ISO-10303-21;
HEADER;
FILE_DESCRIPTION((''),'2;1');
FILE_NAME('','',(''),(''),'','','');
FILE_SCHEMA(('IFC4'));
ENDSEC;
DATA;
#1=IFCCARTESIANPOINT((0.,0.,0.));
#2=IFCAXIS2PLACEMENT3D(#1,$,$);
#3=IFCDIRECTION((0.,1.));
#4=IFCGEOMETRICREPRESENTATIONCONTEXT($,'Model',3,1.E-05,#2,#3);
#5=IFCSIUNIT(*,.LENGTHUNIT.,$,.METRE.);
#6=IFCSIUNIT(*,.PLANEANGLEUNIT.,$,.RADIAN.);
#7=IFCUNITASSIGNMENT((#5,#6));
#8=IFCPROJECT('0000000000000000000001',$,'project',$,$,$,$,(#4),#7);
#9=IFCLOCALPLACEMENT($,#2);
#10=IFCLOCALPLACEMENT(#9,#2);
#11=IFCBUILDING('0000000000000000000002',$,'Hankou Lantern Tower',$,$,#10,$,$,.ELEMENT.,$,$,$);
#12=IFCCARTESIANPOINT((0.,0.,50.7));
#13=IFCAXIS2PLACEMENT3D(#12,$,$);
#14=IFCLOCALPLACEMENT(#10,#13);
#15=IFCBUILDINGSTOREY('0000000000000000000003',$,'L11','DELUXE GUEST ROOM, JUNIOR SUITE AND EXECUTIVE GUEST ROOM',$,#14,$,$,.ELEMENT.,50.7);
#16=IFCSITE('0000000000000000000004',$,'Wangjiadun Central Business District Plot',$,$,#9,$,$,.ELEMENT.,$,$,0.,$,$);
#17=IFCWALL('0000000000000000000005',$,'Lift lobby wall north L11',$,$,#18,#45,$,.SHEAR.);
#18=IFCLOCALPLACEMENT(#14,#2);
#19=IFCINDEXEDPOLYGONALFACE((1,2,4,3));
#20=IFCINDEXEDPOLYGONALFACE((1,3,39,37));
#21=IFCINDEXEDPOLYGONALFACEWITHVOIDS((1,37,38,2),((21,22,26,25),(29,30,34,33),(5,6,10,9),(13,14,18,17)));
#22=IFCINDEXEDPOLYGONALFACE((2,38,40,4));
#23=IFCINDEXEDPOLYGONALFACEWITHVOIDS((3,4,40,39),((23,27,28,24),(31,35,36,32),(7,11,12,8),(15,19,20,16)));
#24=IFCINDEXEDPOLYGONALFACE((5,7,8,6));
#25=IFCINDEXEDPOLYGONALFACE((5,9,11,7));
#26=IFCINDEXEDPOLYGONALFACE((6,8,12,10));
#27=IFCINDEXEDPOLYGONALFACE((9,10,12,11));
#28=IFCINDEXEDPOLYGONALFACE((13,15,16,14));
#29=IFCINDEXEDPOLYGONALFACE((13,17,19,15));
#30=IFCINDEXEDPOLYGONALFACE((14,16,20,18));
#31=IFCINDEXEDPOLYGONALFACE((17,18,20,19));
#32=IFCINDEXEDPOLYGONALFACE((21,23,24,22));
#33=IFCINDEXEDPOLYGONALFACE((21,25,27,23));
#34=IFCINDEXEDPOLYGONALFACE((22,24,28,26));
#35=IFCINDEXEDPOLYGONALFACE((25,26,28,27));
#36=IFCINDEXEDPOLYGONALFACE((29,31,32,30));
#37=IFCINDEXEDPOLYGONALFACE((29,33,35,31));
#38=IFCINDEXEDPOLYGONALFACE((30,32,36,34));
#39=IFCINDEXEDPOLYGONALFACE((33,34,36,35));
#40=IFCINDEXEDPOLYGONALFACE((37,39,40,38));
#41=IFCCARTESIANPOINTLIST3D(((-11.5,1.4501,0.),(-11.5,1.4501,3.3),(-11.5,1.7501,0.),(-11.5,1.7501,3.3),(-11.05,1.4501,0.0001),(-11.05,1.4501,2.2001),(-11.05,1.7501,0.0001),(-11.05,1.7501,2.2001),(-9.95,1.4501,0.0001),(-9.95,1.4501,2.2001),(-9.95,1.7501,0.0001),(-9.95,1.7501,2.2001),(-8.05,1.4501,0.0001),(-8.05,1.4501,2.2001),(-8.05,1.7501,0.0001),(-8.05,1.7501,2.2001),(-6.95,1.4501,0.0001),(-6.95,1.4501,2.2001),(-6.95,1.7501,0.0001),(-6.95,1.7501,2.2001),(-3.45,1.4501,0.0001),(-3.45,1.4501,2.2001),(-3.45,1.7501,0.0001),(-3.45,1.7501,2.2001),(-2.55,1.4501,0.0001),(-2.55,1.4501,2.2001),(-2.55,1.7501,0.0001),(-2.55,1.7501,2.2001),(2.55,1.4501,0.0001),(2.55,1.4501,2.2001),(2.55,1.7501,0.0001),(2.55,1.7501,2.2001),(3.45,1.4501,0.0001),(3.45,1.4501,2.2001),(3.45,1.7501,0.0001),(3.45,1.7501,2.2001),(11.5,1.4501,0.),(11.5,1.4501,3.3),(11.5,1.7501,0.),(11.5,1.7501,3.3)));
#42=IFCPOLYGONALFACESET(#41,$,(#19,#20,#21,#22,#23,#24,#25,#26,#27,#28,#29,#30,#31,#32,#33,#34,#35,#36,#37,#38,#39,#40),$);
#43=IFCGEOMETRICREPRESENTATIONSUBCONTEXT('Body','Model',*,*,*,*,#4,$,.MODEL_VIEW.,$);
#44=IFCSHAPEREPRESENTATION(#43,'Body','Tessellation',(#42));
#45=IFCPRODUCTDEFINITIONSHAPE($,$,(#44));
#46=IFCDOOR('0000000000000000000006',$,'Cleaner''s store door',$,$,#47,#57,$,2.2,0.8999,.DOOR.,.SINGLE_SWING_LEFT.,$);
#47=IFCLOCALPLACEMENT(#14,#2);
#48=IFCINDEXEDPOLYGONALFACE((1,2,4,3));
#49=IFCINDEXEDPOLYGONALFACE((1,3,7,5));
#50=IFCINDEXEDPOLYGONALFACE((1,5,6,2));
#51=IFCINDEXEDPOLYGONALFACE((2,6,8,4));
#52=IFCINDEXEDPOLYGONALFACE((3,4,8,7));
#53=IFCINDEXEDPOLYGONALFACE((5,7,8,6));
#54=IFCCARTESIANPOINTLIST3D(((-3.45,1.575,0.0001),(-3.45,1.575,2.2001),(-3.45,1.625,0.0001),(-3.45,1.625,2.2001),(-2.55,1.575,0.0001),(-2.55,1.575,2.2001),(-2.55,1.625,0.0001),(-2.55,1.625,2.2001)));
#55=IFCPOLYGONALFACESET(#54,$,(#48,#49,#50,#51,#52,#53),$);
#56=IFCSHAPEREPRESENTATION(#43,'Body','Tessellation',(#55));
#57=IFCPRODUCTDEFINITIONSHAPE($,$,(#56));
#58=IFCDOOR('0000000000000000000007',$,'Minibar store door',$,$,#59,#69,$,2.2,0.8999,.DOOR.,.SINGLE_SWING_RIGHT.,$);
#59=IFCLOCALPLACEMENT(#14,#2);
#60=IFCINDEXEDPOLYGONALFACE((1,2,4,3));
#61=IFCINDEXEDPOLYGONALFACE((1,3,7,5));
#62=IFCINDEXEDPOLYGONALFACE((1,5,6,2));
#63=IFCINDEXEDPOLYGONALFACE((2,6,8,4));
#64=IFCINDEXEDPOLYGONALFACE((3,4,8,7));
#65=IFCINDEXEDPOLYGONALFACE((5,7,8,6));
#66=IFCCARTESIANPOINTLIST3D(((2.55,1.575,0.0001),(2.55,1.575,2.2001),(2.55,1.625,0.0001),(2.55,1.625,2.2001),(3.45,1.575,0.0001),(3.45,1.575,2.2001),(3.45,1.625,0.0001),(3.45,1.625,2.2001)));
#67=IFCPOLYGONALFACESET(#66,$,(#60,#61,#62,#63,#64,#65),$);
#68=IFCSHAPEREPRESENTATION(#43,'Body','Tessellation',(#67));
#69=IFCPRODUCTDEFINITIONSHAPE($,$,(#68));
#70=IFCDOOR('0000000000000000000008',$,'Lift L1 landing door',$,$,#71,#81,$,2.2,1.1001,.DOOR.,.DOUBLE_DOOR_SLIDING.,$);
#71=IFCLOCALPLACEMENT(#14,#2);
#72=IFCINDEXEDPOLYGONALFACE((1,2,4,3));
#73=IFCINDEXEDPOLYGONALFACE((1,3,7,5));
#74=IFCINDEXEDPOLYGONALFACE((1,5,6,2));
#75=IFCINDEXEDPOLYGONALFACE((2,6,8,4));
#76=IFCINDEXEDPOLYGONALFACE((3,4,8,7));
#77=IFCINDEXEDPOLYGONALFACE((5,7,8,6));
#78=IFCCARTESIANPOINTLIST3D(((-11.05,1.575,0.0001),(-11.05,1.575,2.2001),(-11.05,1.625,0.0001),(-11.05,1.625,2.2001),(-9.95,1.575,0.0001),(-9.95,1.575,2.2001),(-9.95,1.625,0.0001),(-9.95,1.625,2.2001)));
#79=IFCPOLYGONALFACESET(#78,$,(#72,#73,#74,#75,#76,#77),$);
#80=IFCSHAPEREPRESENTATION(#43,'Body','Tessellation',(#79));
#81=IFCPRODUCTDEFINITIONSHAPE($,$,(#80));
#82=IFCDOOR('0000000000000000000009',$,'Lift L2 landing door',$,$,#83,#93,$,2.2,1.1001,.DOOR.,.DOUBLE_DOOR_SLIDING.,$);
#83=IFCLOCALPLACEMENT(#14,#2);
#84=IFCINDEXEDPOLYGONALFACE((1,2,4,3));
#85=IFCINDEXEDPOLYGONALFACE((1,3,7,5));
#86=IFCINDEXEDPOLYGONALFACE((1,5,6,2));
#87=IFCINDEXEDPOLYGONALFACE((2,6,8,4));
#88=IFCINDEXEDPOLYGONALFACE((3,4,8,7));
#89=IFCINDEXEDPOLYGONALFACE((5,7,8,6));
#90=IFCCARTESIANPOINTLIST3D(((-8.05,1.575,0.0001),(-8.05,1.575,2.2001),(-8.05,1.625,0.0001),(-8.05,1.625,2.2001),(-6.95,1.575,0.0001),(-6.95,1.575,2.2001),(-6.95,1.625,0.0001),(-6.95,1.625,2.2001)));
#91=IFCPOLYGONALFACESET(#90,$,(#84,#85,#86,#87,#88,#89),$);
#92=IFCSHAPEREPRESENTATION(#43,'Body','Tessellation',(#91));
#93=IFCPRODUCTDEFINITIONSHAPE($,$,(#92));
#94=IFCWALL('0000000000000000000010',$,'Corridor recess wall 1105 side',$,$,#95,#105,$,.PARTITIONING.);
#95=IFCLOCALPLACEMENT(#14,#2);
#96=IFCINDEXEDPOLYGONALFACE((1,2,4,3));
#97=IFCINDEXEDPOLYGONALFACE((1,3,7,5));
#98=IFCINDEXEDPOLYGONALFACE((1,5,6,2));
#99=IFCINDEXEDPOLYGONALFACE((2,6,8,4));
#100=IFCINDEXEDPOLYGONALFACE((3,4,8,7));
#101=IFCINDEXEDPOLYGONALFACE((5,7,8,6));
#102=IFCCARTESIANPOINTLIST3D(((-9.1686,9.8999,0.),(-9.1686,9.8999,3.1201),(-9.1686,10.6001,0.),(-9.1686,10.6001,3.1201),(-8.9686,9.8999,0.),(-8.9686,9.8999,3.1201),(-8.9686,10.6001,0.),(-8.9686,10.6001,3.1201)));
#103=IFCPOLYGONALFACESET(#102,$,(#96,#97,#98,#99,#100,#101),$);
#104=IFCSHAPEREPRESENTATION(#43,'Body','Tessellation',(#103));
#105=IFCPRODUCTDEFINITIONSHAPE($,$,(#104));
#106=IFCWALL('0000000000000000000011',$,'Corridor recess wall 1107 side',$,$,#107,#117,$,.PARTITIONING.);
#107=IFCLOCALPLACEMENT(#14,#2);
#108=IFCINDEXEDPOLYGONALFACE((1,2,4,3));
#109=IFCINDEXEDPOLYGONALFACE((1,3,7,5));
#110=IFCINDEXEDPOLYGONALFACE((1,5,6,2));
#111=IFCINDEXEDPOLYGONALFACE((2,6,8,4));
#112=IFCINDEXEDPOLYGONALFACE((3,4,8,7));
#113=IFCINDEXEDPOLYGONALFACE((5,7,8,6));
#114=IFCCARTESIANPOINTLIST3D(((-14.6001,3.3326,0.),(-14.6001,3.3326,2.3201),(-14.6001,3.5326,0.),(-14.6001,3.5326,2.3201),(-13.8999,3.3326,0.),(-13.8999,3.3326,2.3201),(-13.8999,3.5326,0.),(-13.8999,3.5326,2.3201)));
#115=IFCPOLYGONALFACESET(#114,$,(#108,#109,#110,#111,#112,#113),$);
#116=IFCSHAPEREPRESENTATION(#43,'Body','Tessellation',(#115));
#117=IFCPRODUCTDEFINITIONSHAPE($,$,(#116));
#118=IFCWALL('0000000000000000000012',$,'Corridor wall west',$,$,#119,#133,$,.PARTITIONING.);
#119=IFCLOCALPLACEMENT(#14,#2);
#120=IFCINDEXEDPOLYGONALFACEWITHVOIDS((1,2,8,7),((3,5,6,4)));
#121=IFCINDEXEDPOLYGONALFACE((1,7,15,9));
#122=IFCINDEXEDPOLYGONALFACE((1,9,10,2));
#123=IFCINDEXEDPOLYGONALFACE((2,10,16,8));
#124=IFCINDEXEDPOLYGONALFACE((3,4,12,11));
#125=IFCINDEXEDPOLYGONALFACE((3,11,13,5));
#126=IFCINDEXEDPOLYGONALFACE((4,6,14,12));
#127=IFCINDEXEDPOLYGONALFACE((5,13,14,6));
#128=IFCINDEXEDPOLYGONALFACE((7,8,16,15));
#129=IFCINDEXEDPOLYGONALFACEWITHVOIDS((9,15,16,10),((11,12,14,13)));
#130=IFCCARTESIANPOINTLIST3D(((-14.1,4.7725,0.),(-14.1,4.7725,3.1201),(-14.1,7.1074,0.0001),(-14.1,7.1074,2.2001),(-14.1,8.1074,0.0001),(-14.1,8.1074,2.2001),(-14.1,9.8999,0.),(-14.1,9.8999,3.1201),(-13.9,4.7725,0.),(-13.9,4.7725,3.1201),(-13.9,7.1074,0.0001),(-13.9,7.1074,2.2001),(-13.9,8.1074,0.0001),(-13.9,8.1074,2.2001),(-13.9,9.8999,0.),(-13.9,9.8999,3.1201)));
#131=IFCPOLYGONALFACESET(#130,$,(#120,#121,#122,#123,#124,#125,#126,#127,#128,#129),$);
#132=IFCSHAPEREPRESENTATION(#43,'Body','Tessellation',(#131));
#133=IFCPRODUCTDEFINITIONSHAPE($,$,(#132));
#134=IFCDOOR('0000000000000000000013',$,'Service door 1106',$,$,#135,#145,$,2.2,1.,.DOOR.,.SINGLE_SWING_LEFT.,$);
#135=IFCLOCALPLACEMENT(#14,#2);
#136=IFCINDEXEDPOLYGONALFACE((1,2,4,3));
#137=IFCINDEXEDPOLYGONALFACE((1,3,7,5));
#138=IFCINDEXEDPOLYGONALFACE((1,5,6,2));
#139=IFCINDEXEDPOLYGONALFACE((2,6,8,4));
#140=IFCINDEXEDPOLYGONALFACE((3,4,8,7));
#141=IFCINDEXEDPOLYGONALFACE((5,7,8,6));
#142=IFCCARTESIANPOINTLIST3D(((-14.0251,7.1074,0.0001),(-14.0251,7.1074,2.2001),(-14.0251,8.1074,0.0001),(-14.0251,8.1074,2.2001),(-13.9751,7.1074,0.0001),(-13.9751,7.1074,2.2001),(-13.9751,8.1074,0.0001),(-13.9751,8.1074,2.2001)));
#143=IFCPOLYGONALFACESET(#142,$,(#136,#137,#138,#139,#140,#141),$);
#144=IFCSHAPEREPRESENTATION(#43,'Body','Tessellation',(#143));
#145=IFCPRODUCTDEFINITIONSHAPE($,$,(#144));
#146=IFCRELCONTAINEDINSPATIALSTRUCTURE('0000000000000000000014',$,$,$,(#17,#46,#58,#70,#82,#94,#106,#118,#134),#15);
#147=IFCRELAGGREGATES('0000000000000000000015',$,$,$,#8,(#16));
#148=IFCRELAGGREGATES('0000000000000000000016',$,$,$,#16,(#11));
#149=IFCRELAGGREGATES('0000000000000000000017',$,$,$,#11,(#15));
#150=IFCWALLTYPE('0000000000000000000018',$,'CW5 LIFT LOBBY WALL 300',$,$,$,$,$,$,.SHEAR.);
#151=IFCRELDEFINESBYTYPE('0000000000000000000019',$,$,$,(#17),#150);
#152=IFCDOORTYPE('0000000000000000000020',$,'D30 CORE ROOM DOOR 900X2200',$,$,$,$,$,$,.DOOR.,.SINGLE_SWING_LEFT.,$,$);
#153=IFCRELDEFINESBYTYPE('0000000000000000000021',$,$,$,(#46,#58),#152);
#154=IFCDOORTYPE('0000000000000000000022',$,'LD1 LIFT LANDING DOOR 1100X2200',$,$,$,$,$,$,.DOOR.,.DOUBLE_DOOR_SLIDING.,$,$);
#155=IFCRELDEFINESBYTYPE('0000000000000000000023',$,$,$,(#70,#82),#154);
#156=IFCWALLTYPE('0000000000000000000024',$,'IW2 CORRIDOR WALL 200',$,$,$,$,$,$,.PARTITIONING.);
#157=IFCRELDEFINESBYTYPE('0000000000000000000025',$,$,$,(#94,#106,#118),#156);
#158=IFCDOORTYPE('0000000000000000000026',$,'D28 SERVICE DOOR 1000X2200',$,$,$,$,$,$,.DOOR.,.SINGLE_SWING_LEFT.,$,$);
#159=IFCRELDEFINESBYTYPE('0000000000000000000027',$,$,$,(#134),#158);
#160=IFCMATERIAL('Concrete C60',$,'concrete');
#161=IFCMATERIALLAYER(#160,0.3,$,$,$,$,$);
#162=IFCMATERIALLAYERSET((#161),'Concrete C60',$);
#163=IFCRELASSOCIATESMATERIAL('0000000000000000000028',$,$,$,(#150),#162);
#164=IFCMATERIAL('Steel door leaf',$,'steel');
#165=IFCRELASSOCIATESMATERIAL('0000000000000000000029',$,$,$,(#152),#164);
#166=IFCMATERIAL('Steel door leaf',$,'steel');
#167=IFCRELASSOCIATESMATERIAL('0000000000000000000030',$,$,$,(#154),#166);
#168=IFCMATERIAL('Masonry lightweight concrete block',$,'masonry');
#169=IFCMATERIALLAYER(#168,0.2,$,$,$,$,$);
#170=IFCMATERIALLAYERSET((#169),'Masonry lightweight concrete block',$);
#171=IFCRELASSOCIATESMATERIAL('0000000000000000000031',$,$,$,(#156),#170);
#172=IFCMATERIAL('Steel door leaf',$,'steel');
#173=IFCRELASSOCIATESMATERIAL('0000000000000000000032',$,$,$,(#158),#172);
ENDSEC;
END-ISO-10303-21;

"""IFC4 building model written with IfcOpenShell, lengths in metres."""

from ifc_helpers import new_model, si_unit, direction, frame, frame_2d, origin, place, context, subcontext, project, spatial, rectangle, extrude, material, layer, layer_set, type_object, element, fill, save


model = new_model("IFC4")

# Units and contexts
model_context = context("Model", 3, precision=1e-05, world=origin(), true_north=direction((0.0, 1.0)))
body_context = subcontext(model_context, "Body", "Model", "MODEL_VIEW")
ifc_project = project(units=[si_unit("LENGTHUNIT", "METRE"), si_unit("PLANEANGLEUNIT", "RADIAN")], contexts=[model_context])

# Site, building, storey
site_placement = place(None, origin())
site = spatial("IfcSite", under=ifc_project, at=site_placement, Name="Wangjiadun Central Business District Plot", CompositionType="ELEMENT", RefElevation=0.0)
building_placement = place(site_placement, origin())
building = spatial("IfcBuilding", under=site, at=building_placement, Name="Hankou Lantern Tower", CompositionType="ELEMENT")
storey_placement = place(building_placement, frame((0.0, 0.0, 50.7)))
storey = spatial("IfcBuildingStorey", under=building, at=storey_placement, Name="L11", Description="DELUXE GUEST ROOM, JUNIOR SUITE AND EXECUTIVE GUEST ROOM", CompositionType="ELEMENT", Elevation=50.7)

# Wall, openings, doors
ifc_material_1 = material(Name="Concrete C60", Category="concrete")
ifc_layer_1 = layer(ifc_material_1, 0.3)
ifc_layer_set_1 = layer_set([ifc_layer_1], Name="Concrete C60")
wall_type_1 = type_object("IfcWallType", Name="CW5 LIFT LOBBY WALL 300", PredefinedType="SHEAR", material=ifc_layer_set_1)
wall_1_placement = place(storey_placement, frame((-11.5, 1.6001, 0.0), z_axis=(0.0, 0.0, 1.0), x_axis=(1.0, 0.0, 0.0)))
wall_1 = element("IfcWall", 1, at=wall_1_placement, inside=storey, type_object=wall_type_1, Name="Lift lobby wall north L11", PredefinedType="SHEAR", context=body_context, shape_type="SweptSolid", body=[
    extrude(rectangle(XDim=23.0, YDim=0.3, at=frame_2d((11.5, 0.0))), origin(), (0.0, 0.0, 1.0), 3.3),
])
opening_1_placement = place(wall_1_placement, frame((0.45, 0.0, 0.0)))
opening_1 = element("IfcOpeningElement", 2, at=opening_1_placement, cuts=wall_1, PredefinedType="OPENING", context=body_context, shape_type="SweptSolid", body=[
    extrude(rectangle(XDim=1.1001, YDim=2.2, at=frame_2d((0.55, 1.1001))), frame((0.0, 0.1599, 0.0), z_axis=(0.0, -1.0, 0.0), x_axis=(1.0, 0.0, 0.0)), (0.0, 0.0, 1.0), 0.3201),
])
opening_2_placement = place(wall_1_placement, frame((3.45, 0.0, 0.0)))
opening_2 = element("IfcOpeningElement", 3, at=opening_2_placement, cuts=wall_1, PredefinedType="OPENING", context=body_context, shape_type="SweptSolid", body=[
    extrude(rectangle(XDim=1.1001, YDim=2.2, at=frame_2d((0.55, 1.1001))), frame((0.0, 0.1599, 0.0), z_axis=(0.0, -1.0, 0.0), x_axis=(1.0, 0.0, 0.0)), (0.0, 0.0, 1.0), 0.3201),
])
opening_3_placement = place(wall_1_placement, frame((8.05, 0.0, 0.0)))
opening_3 = element("IfcOpeningElement", 4, at=opening_3_placement, cuts=wall_1, PredefinedType="OPENING", context=body_context, shape_type="SweptSolid", body=[
    extrude(rectangle(XDim=0.8999, YDim=2.2, at=frame_2d((0.45, 1.1001))), frame((0.0, 0.1599, 0.0), z_axis=(0.0, -1.0, 0.0), x_axis=(1.0, 0.0, 0.0)), (0.0, 0.0, 1.0), 0.3201),
])
opening_4_placement = place(wall_1_placement, frame((14.05, 0.0, 0.0)))
opening_4 = element("IfcOpeningElement", 5, at=opening_4_placement, cuts=wall_1, PredefinedType="OPENING", context=body_context, shape_type="SweptSolid", body=[
    extrude(rectangle(XDim=0.8999, YDim=2.2, at=frame_2d((0.45, 1.1001))), frame((0.0, 0.1599, 0.0), z_axis=(0.0, -1.0, 0.0), x_axis=(1.0, 0.0, 0.0)), (0.0, 0.0, 1.0), 0.3201),
])
ifc_material_2 = material(Name="Steel door leaf", Category="steel")
door_type_1 = type_object("IfcDoorType", Name="D30 CORE ROOM DOOR 900X2200", OperationType="SINGLE_SWING_LEFT", PredefinedType="DOOR", material=ifc_material_2)
door_1_placement = place(opening_3_placement, origin())
door_1 = element("IfcDoor", 6, at=door_1_placement, inside=storey, type_object=door_type_1, Name="Cleaner's store door", OperationType="SINGLE_SWING_LEFT", OverallHeight=2.2, OverallWidth=0.8999, PredefinedType="DOOR", context=body_context, shape_type="SweptSolid", body=[
    extrude(rectangle(XDim=0.8999, YDim=2.2, at=frame_2d((0.45, 1.1001))), frame((0.0, 0.0249, 0.0), z_axis=(0.0, -1.0, 0.0), x_axis=(1.0, 0.0, 0.0)), (0.0, 0.0, 1.0), 0.05),
])
fill(opening_3, door_1)
door_2_placement = place(opening_4_placement, origin())
door_2 = element("IfcDoor", 7, at=door_2_placement, inside=storey, type_object=door_type_1, Name="Minibar store door", OperationType="SINGLE_SWING_RIGHT", OverallHeight=2.2, OverallWidth=0.8999, PredefinedType="DOOR", context=body_context, shape_type="SweptSolid", body=[
    extrude(rectangle(XDim=0.8999, YDim=2.2, at=frame_2d((0.45, 1.1001))), frame((0.0, 0.0249, 0.0), z_axis=(0.0, -1.0, 0.0), x_axis=(1.0, 0.0, 0.0)), (0.0, 0.0, 1.0), 0.05),
])
fill(opening_4, door_2)
ifc_material_3 = material(Name="Steel door leaf", Category="steel")
door_type_2 = type_object("IfcDoorType", Name="LD1 LIFT LANDING DOOR 1100X2200", OperationType="DOUBLE_DOOR_SLIDING", PredefinedType="DOOR", material=ifc_material_3)
door_3_placement = place(opening_1_placement, origin())
door_3 = element("IfcDoor", 8, at=door_3_placement, inside=storey, type_object=door_type_2, Name="Lift L1 landing door", OperationType="DOUBLE_DOOR_SLIDING", OverallHeight=2.2, OverallWidth=1.1001, PredefinedType="DOOR", context=body_context, shape_type="SweptSolid", body=[
    extrude(rectangle(XDim=1.1001, YDim=2.2, at=frame_2d((0.55, 1.1001))), frame((0.0, 0.0249, 0.0), z_axis=(0.0, -1.0, 0.0), x_axis=(1.0, 0.0, 0.0)), (0.0, 0.0, 1.0), 0.05),
])
fill(opening_1, door_3)
door_4_placement = place(opening_2_placement, origin())
door_4 = element("IfcDoor", 9, at=door_4_placement, inside=storey, type_object=door_type_2, Name="Lift L2 landing door", OperationType="DOUBLE_DOOR_SLIDING", OverallHeight=2.2, OverallWidth=1.1001, PredefinedType="DOOR", context=body_context, shape_type="SweptSolid", body=[
    extrude(rectangle(XDim=1.1001, YDim=2.2, at=frame_2d((0.55, 1.1001))), frame((0.0, 0.0249, 0.0), z_axis=(0.0, -1.0, 0.0), x_axis=(1.0, 0.0, 0.0)), (0.0, 0.0, 1.0), 0.05),
])
fill(opening_2, door_4)

# Walls
ifc_material_4 = material(Name="Masonry lightweight concrete block", Category="masonry")
ifc_layer_2 = layer(ifc_material_4, 0.2)
ifc_layer_set_2 = layer_set([ifc_layer_2], Name="Masonry lightweight concrete block")
wall_type_2 = type_object("IfcWallType", Name="IW2 CORRIDOR WALL 200", PredefinedType="PARTITIONING", material=ifc_layer_set_2)
wall_2_placement = place(storey_placement, frame((-9.0686, 9.8999, 0.0), z_axis=(0.0, 0.0, 1.0), x_axis=(0.0, 1.0, 0.0)))
element("IfcWall", 10, at=wall_2_placement, inside=storey, type_object=wall_type_2, Name="Corridor recess wall 1105 side", PredefinedType="PARTITIONING", context=body_context, shape_type="SweptSolid", body=[
    extrude(rectangle(XDim=0.7002, YDim=0.2, at=frame_2d((0.3501, 0.0))), origin(), (0.0, 0.0, 1.0), 3.1201),
])
wall_3_placement = place(storey_placement, frame((-13.8999, 3.4326, 0.0), z_axis=(0.0, 0.0, 1.0), x_axis=(-1.0, 0.0, 0.0)))
element("IfcWall", 11, at=wall_3_placement, inside=storey, type_object=wall_type_2, Name="Corridor recess wall 1107 side", PredefinedType="PARTITIONING", context=body_context, shape_type="SweptSolid", body=[
    extrude(rectangle(XDim=0.7002, YDim=0.2, at=frame_2d((0.3501, 0.0))), origin(), (0.0, 0.0, 1.0), 2.3201),
])

# Wall, opening, door
wall_4_placement = place(storey_placement, frame((-14.0, 9.8999, 0.0), z_axis=(0.0, 0.0, 1.0), x_axis=(0.0, -1.0, 0.0)))
wall_4 = element("IfcWall", 12, at=wall_4_placement, inside=storey, type_object=wall_type_2, Name="Corridor wall west", PredefinedType="PARTITIONING", context=body_context, shape_type="SweptSolid", body=[
    extrude(rectangle(XDim=5.1274, YDim=0.2, at=frame_2d((2.5637, 0.0))), origin(), (0.0, 0.0, 1.0), 3.1201),
])
opening_5_placement = place(wall_4_placement, frame((1.7925, 0.0, 0.0)))
opening_5 = element("IfcOpeningElement", 13, at=opening_5_placement, cuts=wall_4, PredefinedType="OPENING", context=body_context, shape_type="SweptSolid", body=[
    extrude(rectangle(XDim=1.0, YDim=2.2, at=frame_2d((0.5, 1.1001))), frame((0.0, 0.1099, 0.0), z_axis=(0.0, -1.0, 0.0), x_axis=(1.0, 0.0, 0.0)), (0.0, 0.0, 1.0), 0.22),
])
ifc_material_5 = material(Name="Steel door leaf", Category="steel")
door_type_3 = type_object("IfcDoorType", Name="D28 SERVICE DOOR 1000X2200", OperationType="SINGLE_SWING_LEFT", PredefinedType="DOOR", material=ifc_material_5)
door_5_placement = place(opening_5_placement, origin())
door_5 = element("IfcDoor", 14, at=door_5_placement, inside=storey, type_object=door_type_3, Name="Service door 1106", OperationType="SINGLE_SWING_LEFT", OverallHeight=2.2, OverallWidth=1.0, PredefinedType="DOOR", context=body_context, shape_type="SweptSolid", body=[
    extrude(rectangle(XDim=1.0, YDim=2.2, at=frame_2d((0.5, 1.1001))), frame((0.0, 0.0249, 0.0), z_axis=(0.0, -1.0, 0.0), x_axis=(1.0, 0.0, 0.0)), (0.0, 0.0, 1.0), 0.05),
])
fill(opening_5, door_5)

save(model, "model.ifc")
